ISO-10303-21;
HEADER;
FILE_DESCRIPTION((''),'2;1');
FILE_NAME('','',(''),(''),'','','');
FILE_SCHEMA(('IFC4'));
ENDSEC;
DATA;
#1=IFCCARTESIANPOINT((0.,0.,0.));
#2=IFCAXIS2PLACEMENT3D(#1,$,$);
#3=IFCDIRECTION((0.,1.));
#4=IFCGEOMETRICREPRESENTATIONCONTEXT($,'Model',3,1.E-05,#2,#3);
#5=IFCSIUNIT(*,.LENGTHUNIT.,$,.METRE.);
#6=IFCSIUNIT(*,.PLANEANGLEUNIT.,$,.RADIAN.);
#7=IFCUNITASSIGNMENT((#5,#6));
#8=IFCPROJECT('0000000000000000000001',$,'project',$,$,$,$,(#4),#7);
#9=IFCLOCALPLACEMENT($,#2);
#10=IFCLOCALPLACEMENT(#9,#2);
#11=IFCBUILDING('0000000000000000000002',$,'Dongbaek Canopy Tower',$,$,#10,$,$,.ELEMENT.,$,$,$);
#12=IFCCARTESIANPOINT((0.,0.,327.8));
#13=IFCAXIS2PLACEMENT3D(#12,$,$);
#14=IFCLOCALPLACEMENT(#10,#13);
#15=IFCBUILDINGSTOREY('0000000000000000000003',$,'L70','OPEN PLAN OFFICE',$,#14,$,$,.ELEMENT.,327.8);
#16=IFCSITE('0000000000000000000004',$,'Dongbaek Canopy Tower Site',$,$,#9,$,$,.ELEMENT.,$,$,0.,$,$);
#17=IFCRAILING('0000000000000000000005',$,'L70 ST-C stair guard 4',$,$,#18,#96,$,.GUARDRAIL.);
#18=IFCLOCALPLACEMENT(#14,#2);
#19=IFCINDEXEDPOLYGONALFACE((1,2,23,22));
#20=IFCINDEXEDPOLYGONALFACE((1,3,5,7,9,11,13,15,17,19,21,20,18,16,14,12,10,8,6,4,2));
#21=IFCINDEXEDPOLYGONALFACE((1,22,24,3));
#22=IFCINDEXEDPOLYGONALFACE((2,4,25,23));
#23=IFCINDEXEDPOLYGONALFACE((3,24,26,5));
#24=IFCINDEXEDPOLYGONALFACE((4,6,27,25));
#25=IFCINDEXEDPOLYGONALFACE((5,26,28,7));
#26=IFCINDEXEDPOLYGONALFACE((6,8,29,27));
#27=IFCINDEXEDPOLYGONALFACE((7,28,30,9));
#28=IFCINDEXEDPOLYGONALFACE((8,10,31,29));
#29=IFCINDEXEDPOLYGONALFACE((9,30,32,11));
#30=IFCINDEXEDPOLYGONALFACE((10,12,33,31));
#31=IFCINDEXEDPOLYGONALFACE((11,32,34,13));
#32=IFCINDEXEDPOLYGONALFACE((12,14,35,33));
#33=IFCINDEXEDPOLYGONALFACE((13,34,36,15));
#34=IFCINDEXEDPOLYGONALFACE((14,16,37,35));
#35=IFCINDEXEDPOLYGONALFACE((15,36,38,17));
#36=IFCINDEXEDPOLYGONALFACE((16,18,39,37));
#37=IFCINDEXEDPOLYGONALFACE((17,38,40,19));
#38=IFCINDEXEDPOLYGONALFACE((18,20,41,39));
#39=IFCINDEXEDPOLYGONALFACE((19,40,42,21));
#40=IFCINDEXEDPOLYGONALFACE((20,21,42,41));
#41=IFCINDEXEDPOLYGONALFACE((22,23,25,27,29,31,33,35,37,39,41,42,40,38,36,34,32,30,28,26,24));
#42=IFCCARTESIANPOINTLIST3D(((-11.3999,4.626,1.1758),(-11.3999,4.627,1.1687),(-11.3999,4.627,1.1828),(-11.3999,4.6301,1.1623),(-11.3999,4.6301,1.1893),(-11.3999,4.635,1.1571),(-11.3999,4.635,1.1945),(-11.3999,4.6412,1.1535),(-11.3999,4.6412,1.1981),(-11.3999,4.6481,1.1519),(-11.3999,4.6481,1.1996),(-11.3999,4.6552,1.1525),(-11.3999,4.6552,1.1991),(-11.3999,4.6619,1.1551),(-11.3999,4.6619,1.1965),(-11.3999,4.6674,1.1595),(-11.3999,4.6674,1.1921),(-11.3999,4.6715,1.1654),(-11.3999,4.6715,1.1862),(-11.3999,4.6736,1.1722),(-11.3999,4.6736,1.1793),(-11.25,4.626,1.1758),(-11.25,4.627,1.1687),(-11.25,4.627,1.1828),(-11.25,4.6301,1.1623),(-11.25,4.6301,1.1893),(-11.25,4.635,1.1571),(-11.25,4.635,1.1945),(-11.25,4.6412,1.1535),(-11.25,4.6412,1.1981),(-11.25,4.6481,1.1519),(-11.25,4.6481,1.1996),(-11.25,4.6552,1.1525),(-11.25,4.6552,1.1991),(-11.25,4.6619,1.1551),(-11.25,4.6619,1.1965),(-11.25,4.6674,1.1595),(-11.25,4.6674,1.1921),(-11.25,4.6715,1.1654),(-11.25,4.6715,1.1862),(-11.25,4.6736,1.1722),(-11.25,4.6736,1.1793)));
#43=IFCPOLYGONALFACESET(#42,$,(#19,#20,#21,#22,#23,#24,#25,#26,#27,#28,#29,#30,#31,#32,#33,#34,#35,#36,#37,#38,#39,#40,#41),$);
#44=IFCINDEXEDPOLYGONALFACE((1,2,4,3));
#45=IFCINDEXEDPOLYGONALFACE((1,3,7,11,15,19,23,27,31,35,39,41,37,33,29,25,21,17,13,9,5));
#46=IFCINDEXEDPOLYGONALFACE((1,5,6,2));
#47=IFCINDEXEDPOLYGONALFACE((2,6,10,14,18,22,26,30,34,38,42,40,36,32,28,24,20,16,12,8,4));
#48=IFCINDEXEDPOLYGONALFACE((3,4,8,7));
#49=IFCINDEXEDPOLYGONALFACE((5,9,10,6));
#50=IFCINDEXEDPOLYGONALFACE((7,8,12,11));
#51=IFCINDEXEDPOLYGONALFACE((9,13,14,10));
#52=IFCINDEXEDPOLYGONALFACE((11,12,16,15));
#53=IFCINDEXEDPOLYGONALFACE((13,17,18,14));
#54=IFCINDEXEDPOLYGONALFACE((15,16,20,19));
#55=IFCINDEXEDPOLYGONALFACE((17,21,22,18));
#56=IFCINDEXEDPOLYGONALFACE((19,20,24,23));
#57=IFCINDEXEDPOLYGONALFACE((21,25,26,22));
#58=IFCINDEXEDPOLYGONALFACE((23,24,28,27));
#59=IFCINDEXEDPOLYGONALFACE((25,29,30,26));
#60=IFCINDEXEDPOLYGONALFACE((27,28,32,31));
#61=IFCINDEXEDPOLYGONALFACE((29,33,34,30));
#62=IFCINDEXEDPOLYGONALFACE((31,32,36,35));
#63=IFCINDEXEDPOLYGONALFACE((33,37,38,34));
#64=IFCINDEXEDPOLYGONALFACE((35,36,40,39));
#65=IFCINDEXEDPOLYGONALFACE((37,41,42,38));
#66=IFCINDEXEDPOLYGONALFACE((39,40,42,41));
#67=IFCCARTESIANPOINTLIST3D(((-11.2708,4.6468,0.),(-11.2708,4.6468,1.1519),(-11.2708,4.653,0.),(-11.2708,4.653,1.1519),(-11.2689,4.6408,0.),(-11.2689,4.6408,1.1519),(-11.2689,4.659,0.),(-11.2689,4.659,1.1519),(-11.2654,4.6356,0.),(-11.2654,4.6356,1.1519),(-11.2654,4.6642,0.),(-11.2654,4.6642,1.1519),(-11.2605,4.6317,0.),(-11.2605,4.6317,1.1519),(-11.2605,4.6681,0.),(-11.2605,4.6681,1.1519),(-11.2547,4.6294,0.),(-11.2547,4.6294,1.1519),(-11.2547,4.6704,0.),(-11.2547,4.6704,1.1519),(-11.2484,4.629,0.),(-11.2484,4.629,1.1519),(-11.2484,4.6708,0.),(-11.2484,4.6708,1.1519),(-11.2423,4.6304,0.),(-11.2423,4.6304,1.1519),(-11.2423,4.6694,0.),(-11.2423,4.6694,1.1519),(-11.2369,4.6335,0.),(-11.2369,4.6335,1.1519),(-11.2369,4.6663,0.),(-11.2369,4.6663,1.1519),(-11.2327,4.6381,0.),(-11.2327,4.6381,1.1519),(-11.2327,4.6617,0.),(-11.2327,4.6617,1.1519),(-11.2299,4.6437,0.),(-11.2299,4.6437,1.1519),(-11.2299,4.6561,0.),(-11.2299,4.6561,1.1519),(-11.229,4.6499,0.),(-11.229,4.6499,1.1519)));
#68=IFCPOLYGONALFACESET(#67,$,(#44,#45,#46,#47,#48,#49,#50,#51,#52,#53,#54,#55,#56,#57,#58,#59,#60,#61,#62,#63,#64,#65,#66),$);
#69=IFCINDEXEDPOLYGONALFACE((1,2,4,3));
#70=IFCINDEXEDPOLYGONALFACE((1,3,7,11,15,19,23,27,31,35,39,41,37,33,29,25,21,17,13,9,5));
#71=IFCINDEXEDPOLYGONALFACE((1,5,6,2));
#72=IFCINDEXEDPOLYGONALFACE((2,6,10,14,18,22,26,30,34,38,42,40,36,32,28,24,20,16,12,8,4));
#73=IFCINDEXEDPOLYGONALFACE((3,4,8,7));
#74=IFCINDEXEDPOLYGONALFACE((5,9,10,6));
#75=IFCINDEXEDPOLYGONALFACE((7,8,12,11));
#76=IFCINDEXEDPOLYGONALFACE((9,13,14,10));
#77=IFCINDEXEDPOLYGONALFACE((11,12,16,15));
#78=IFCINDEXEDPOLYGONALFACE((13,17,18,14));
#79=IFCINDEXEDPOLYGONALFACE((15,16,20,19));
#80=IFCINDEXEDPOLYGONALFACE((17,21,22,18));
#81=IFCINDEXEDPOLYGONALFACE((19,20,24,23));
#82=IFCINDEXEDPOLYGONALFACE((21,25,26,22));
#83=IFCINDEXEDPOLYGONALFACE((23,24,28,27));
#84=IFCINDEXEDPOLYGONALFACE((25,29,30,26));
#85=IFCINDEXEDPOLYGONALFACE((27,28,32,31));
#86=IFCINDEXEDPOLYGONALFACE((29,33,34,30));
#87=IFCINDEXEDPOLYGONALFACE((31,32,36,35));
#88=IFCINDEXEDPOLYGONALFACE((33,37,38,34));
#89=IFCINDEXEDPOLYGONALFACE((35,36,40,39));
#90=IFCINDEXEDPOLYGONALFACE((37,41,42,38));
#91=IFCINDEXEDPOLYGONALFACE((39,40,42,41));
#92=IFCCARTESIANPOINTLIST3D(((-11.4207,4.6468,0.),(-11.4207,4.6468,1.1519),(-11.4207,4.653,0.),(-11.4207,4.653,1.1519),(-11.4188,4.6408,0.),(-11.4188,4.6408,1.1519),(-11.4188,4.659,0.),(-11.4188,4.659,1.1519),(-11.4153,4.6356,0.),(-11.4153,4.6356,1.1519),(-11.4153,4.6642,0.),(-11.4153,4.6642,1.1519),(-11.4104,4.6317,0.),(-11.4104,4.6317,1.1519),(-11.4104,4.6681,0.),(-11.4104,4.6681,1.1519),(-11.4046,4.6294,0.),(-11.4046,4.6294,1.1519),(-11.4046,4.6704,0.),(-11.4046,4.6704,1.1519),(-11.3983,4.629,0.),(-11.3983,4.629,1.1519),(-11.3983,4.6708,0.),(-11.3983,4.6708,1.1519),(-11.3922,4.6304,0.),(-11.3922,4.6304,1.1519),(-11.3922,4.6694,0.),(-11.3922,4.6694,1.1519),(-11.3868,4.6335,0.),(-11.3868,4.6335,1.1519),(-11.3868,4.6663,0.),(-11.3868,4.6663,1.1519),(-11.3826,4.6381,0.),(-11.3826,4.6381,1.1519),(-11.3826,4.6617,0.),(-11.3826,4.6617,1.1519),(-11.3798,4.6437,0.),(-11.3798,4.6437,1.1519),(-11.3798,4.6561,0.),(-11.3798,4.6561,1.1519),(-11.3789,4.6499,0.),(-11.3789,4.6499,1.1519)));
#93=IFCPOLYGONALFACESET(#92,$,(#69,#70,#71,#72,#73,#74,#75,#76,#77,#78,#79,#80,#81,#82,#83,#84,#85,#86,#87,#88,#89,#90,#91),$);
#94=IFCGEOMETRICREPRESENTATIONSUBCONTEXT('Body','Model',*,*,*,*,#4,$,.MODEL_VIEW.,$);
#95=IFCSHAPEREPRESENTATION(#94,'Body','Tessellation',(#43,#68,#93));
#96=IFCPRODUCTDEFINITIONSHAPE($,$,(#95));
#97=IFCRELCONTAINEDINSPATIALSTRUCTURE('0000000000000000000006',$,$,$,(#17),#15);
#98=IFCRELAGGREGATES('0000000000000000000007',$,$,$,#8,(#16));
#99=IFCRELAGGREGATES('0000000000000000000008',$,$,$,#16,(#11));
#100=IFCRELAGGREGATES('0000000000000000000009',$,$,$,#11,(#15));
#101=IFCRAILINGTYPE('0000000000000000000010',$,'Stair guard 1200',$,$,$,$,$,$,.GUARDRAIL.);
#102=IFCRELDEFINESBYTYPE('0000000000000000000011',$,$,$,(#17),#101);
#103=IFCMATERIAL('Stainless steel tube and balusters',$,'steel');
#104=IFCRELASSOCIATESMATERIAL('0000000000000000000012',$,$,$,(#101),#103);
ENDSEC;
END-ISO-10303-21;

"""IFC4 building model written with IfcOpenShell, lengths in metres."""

from ifc_helpers import new_model, si_unit, direction, frame, origin, origin_2d, place, context, subcontext, project, spatial, circle, extrude, material, type_object, element, save


model = new_model("IFC4")

# Units and contexts
model_context = context("Model", 3, precision=1e-05, world=origin(), true_north=direction((0.0, 1.0)))
body_context = subcontext(model_context, "Body", "Model", "MODEL_VIEW")
ifc_project = project(units=[si_unit("LENGTHUNIT", "METRE"), si_unit("PLANEANGLEUNIT", "RADIAN")], contexts=[model_context])

# Site, building, storey
site_placement = place(None, origin())
site = spatial("IfcSite", under=ifc_project, at=site_placement, Name="Dongbaek Canopy Tower Site", CompositionType="ELEMENT", RefElevation=0.0)
building_placement = place(site_placement, origin())
building = spatial("IfcBuilding", under=site, at=building_placement, Name="Dongbaek Canopy Tower", CompositionType="ELEMENT")
storey_placement = place(building_placement, frame((0.0, 0.0, 327.8)))
storey = spatial("IfcBuildingStorey", under=building, at=storey_placement, Name="L70", Description="OPEN PLAN OFFICE", CompositionType="ELEMENT", Elevation=327.8)

# Railing
ifc_material_1 = material(Name="Stainless steel tube and balusters", Category="steel")
railing_type_1 = type_object("IfcRailingType", Name="Stair guard 1200", PredefinedType="GUARDRAIL", material=ifc_material_1)
railing_1_placement = place(storey_placement, frame((-11.25, 4.6499, 0.0)))
element("IfcRailing", 1, at=railing_1_placement, inside=storey, type_object=railing_type_1, Name="L70 ST-C stair guard 4", PredefinedType="GUARDRAIL", context=body_context, shape_type="SweptSolid", body=[
    extrude(circle(Radius=0.0239, at=origin_2d()), frame((0.0, 0.0, 1.1758), z_axis=(-1.0, 0.0, 0.0), x_axis=(0.0, -1.0, 0.0)), (0.0, 0.0, 1.0), 0.1499),
    extrude(circle(Radius=0.021, at=origin_2d()), origin(), (0.0, 0.0, 1.0), 1.1519),
    extrude(circle(Radius=0.021, at=origin_2d()), frame((-0.1499, 0.0, 0.0)), (0.0, 0.0, 1.0), 1.1519),
])

save(model, "model.ifc")
